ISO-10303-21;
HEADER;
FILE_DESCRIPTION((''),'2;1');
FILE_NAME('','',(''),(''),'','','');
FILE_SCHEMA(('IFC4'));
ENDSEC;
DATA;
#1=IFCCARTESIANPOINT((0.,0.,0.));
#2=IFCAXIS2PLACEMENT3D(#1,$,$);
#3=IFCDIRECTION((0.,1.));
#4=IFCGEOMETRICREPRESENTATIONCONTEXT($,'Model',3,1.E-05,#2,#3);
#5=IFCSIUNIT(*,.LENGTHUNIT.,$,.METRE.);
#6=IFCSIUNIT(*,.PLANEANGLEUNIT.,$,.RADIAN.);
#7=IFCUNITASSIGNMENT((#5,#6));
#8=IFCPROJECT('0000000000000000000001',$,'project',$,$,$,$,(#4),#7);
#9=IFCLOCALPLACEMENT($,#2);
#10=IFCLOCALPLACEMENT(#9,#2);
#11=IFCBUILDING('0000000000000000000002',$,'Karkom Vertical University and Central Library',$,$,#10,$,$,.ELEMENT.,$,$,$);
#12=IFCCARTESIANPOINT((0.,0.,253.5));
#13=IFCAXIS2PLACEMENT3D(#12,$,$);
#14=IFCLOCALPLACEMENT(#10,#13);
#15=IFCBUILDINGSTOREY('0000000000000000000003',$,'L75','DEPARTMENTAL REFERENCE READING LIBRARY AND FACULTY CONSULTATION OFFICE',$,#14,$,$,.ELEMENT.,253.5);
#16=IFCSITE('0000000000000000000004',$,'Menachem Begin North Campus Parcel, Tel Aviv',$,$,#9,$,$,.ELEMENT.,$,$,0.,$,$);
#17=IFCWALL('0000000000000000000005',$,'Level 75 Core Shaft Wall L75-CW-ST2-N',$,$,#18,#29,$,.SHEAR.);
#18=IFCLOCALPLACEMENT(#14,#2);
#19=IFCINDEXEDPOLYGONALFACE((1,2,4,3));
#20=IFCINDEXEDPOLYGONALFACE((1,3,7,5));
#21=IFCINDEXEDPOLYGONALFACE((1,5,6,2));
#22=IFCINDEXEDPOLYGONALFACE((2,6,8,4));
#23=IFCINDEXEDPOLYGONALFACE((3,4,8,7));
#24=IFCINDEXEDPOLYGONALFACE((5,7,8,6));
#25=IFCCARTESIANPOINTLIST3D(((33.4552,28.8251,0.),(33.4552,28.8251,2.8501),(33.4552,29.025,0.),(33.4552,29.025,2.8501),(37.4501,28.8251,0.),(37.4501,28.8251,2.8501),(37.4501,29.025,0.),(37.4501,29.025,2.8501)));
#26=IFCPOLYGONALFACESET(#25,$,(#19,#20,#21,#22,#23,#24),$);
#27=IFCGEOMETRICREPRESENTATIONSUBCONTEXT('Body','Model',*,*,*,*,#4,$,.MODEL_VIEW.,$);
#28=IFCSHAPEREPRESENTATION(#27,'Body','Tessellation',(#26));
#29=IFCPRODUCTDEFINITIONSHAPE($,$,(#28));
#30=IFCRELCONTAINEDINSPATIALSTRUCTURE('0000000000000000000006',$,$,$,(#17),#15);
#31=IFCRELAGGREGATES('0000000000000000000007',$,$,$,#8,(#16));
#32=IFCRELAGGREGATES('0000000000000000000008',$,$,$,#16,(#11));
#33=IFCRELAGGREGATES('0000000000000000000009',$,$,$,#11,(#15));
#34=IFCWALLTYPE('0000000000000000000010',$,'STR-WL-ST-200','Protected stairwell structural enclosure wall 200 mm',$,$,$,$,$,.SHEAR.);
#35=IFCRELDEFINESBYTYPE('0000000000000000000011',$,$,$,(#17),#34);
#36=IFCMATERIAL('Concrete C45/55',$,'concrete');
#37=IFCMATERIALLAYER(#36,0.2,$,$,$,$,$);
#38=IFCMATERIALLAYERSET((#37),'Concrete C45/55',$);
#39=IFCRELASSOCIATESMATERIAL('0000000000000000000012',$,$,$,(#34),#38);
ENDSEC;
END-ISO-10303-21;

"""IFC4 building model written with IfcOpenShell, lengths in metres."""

from ifc_helpers import new_model, si_unit, direction, frame, frame_2d, origin, place, context, subcontext, project, spatial, rectangle, extrude, material, layer, layer_set, type_object, element, save


model = new_model("IFC4")

# Units and contexts
model_context = context("Model", 3, precision=1e-05, world=origin(), true_north=direction((0.0, 1.0)))
body_context = subcontext(model_context, "Body", "Model", "MODEL_VIEW")
ifc_project = project(units=[si_unit("LENGTHUNIT", "METRE"), si_unit("PLANEANGLEUNIT", "RADIAN")], contexts=[model_context])

# Site, building, storey
site_placement = place(None, origin())
site = spatial("IfcSite", under=ifc_project, at=site_placement, Name="Menachem Begin North Campus Parcel, Tel Aviv", CompositionType="ELEMENT", RefElevation=0.0)
building_placement = place(site_placement, origin())
building = spatial("IfcBuilding", under=site, at=building_placement, Name="Karkom Vertical University and Central Library", CompositionType="ELEMENT")
storey_placement = place(building_placement, frame((0.0, 0.0, 253.5)))
storey = spatial("IfcBuildingStorey", under=building, at=storey_placement, Name="L75", Description="DEPARTMENTAL REFERENCE READING LIBRARY AND FACULTY CONSULTATION OFFICE", CompositionType="ELEMENT", Elevation=253.5)

# Shared definitions
ifc_material_1 = material(Name="Concrete C45/55", Category="concrete")

# Wall
ifc_layer_1 = layer(ifc_material_1, 0.2)
ifc_layer_set_1 = layer_set([ifc_layer_1], Name="Concrete C45/55")
wall_type_1 = type_object("IfcWallType", Name="STR-WL-ST-200", Description="Protected stairwell structural enclosure wall 200 mm", PredefinedType="SHEAR", material=ifc_layer_set_1)
wall_1_placement = place(storey_placement, frame((33.4551, 28.925, 0.0), z_axis=(0.0, 0.0, 1.0), x_axis=(1.0, 0.0, 0.0)))
element("IfcWall", 1, at=wall_1_placement, inside=storey, type_object=wall_type_1, Name="Level 75 Core Shaft Wall L75-CW-ST2-N", PredefinedType="SHEAR", context=body_context, shape_type="SweptSolid", body=[
    extrude(rectangle(XDim=3.9949, YDim=0.2, at=frame_2d((1.9976, 0.0))), origin(), (0.0, 0.0, 1.0), 2.8501),
])

save(model, "model.ifc")
